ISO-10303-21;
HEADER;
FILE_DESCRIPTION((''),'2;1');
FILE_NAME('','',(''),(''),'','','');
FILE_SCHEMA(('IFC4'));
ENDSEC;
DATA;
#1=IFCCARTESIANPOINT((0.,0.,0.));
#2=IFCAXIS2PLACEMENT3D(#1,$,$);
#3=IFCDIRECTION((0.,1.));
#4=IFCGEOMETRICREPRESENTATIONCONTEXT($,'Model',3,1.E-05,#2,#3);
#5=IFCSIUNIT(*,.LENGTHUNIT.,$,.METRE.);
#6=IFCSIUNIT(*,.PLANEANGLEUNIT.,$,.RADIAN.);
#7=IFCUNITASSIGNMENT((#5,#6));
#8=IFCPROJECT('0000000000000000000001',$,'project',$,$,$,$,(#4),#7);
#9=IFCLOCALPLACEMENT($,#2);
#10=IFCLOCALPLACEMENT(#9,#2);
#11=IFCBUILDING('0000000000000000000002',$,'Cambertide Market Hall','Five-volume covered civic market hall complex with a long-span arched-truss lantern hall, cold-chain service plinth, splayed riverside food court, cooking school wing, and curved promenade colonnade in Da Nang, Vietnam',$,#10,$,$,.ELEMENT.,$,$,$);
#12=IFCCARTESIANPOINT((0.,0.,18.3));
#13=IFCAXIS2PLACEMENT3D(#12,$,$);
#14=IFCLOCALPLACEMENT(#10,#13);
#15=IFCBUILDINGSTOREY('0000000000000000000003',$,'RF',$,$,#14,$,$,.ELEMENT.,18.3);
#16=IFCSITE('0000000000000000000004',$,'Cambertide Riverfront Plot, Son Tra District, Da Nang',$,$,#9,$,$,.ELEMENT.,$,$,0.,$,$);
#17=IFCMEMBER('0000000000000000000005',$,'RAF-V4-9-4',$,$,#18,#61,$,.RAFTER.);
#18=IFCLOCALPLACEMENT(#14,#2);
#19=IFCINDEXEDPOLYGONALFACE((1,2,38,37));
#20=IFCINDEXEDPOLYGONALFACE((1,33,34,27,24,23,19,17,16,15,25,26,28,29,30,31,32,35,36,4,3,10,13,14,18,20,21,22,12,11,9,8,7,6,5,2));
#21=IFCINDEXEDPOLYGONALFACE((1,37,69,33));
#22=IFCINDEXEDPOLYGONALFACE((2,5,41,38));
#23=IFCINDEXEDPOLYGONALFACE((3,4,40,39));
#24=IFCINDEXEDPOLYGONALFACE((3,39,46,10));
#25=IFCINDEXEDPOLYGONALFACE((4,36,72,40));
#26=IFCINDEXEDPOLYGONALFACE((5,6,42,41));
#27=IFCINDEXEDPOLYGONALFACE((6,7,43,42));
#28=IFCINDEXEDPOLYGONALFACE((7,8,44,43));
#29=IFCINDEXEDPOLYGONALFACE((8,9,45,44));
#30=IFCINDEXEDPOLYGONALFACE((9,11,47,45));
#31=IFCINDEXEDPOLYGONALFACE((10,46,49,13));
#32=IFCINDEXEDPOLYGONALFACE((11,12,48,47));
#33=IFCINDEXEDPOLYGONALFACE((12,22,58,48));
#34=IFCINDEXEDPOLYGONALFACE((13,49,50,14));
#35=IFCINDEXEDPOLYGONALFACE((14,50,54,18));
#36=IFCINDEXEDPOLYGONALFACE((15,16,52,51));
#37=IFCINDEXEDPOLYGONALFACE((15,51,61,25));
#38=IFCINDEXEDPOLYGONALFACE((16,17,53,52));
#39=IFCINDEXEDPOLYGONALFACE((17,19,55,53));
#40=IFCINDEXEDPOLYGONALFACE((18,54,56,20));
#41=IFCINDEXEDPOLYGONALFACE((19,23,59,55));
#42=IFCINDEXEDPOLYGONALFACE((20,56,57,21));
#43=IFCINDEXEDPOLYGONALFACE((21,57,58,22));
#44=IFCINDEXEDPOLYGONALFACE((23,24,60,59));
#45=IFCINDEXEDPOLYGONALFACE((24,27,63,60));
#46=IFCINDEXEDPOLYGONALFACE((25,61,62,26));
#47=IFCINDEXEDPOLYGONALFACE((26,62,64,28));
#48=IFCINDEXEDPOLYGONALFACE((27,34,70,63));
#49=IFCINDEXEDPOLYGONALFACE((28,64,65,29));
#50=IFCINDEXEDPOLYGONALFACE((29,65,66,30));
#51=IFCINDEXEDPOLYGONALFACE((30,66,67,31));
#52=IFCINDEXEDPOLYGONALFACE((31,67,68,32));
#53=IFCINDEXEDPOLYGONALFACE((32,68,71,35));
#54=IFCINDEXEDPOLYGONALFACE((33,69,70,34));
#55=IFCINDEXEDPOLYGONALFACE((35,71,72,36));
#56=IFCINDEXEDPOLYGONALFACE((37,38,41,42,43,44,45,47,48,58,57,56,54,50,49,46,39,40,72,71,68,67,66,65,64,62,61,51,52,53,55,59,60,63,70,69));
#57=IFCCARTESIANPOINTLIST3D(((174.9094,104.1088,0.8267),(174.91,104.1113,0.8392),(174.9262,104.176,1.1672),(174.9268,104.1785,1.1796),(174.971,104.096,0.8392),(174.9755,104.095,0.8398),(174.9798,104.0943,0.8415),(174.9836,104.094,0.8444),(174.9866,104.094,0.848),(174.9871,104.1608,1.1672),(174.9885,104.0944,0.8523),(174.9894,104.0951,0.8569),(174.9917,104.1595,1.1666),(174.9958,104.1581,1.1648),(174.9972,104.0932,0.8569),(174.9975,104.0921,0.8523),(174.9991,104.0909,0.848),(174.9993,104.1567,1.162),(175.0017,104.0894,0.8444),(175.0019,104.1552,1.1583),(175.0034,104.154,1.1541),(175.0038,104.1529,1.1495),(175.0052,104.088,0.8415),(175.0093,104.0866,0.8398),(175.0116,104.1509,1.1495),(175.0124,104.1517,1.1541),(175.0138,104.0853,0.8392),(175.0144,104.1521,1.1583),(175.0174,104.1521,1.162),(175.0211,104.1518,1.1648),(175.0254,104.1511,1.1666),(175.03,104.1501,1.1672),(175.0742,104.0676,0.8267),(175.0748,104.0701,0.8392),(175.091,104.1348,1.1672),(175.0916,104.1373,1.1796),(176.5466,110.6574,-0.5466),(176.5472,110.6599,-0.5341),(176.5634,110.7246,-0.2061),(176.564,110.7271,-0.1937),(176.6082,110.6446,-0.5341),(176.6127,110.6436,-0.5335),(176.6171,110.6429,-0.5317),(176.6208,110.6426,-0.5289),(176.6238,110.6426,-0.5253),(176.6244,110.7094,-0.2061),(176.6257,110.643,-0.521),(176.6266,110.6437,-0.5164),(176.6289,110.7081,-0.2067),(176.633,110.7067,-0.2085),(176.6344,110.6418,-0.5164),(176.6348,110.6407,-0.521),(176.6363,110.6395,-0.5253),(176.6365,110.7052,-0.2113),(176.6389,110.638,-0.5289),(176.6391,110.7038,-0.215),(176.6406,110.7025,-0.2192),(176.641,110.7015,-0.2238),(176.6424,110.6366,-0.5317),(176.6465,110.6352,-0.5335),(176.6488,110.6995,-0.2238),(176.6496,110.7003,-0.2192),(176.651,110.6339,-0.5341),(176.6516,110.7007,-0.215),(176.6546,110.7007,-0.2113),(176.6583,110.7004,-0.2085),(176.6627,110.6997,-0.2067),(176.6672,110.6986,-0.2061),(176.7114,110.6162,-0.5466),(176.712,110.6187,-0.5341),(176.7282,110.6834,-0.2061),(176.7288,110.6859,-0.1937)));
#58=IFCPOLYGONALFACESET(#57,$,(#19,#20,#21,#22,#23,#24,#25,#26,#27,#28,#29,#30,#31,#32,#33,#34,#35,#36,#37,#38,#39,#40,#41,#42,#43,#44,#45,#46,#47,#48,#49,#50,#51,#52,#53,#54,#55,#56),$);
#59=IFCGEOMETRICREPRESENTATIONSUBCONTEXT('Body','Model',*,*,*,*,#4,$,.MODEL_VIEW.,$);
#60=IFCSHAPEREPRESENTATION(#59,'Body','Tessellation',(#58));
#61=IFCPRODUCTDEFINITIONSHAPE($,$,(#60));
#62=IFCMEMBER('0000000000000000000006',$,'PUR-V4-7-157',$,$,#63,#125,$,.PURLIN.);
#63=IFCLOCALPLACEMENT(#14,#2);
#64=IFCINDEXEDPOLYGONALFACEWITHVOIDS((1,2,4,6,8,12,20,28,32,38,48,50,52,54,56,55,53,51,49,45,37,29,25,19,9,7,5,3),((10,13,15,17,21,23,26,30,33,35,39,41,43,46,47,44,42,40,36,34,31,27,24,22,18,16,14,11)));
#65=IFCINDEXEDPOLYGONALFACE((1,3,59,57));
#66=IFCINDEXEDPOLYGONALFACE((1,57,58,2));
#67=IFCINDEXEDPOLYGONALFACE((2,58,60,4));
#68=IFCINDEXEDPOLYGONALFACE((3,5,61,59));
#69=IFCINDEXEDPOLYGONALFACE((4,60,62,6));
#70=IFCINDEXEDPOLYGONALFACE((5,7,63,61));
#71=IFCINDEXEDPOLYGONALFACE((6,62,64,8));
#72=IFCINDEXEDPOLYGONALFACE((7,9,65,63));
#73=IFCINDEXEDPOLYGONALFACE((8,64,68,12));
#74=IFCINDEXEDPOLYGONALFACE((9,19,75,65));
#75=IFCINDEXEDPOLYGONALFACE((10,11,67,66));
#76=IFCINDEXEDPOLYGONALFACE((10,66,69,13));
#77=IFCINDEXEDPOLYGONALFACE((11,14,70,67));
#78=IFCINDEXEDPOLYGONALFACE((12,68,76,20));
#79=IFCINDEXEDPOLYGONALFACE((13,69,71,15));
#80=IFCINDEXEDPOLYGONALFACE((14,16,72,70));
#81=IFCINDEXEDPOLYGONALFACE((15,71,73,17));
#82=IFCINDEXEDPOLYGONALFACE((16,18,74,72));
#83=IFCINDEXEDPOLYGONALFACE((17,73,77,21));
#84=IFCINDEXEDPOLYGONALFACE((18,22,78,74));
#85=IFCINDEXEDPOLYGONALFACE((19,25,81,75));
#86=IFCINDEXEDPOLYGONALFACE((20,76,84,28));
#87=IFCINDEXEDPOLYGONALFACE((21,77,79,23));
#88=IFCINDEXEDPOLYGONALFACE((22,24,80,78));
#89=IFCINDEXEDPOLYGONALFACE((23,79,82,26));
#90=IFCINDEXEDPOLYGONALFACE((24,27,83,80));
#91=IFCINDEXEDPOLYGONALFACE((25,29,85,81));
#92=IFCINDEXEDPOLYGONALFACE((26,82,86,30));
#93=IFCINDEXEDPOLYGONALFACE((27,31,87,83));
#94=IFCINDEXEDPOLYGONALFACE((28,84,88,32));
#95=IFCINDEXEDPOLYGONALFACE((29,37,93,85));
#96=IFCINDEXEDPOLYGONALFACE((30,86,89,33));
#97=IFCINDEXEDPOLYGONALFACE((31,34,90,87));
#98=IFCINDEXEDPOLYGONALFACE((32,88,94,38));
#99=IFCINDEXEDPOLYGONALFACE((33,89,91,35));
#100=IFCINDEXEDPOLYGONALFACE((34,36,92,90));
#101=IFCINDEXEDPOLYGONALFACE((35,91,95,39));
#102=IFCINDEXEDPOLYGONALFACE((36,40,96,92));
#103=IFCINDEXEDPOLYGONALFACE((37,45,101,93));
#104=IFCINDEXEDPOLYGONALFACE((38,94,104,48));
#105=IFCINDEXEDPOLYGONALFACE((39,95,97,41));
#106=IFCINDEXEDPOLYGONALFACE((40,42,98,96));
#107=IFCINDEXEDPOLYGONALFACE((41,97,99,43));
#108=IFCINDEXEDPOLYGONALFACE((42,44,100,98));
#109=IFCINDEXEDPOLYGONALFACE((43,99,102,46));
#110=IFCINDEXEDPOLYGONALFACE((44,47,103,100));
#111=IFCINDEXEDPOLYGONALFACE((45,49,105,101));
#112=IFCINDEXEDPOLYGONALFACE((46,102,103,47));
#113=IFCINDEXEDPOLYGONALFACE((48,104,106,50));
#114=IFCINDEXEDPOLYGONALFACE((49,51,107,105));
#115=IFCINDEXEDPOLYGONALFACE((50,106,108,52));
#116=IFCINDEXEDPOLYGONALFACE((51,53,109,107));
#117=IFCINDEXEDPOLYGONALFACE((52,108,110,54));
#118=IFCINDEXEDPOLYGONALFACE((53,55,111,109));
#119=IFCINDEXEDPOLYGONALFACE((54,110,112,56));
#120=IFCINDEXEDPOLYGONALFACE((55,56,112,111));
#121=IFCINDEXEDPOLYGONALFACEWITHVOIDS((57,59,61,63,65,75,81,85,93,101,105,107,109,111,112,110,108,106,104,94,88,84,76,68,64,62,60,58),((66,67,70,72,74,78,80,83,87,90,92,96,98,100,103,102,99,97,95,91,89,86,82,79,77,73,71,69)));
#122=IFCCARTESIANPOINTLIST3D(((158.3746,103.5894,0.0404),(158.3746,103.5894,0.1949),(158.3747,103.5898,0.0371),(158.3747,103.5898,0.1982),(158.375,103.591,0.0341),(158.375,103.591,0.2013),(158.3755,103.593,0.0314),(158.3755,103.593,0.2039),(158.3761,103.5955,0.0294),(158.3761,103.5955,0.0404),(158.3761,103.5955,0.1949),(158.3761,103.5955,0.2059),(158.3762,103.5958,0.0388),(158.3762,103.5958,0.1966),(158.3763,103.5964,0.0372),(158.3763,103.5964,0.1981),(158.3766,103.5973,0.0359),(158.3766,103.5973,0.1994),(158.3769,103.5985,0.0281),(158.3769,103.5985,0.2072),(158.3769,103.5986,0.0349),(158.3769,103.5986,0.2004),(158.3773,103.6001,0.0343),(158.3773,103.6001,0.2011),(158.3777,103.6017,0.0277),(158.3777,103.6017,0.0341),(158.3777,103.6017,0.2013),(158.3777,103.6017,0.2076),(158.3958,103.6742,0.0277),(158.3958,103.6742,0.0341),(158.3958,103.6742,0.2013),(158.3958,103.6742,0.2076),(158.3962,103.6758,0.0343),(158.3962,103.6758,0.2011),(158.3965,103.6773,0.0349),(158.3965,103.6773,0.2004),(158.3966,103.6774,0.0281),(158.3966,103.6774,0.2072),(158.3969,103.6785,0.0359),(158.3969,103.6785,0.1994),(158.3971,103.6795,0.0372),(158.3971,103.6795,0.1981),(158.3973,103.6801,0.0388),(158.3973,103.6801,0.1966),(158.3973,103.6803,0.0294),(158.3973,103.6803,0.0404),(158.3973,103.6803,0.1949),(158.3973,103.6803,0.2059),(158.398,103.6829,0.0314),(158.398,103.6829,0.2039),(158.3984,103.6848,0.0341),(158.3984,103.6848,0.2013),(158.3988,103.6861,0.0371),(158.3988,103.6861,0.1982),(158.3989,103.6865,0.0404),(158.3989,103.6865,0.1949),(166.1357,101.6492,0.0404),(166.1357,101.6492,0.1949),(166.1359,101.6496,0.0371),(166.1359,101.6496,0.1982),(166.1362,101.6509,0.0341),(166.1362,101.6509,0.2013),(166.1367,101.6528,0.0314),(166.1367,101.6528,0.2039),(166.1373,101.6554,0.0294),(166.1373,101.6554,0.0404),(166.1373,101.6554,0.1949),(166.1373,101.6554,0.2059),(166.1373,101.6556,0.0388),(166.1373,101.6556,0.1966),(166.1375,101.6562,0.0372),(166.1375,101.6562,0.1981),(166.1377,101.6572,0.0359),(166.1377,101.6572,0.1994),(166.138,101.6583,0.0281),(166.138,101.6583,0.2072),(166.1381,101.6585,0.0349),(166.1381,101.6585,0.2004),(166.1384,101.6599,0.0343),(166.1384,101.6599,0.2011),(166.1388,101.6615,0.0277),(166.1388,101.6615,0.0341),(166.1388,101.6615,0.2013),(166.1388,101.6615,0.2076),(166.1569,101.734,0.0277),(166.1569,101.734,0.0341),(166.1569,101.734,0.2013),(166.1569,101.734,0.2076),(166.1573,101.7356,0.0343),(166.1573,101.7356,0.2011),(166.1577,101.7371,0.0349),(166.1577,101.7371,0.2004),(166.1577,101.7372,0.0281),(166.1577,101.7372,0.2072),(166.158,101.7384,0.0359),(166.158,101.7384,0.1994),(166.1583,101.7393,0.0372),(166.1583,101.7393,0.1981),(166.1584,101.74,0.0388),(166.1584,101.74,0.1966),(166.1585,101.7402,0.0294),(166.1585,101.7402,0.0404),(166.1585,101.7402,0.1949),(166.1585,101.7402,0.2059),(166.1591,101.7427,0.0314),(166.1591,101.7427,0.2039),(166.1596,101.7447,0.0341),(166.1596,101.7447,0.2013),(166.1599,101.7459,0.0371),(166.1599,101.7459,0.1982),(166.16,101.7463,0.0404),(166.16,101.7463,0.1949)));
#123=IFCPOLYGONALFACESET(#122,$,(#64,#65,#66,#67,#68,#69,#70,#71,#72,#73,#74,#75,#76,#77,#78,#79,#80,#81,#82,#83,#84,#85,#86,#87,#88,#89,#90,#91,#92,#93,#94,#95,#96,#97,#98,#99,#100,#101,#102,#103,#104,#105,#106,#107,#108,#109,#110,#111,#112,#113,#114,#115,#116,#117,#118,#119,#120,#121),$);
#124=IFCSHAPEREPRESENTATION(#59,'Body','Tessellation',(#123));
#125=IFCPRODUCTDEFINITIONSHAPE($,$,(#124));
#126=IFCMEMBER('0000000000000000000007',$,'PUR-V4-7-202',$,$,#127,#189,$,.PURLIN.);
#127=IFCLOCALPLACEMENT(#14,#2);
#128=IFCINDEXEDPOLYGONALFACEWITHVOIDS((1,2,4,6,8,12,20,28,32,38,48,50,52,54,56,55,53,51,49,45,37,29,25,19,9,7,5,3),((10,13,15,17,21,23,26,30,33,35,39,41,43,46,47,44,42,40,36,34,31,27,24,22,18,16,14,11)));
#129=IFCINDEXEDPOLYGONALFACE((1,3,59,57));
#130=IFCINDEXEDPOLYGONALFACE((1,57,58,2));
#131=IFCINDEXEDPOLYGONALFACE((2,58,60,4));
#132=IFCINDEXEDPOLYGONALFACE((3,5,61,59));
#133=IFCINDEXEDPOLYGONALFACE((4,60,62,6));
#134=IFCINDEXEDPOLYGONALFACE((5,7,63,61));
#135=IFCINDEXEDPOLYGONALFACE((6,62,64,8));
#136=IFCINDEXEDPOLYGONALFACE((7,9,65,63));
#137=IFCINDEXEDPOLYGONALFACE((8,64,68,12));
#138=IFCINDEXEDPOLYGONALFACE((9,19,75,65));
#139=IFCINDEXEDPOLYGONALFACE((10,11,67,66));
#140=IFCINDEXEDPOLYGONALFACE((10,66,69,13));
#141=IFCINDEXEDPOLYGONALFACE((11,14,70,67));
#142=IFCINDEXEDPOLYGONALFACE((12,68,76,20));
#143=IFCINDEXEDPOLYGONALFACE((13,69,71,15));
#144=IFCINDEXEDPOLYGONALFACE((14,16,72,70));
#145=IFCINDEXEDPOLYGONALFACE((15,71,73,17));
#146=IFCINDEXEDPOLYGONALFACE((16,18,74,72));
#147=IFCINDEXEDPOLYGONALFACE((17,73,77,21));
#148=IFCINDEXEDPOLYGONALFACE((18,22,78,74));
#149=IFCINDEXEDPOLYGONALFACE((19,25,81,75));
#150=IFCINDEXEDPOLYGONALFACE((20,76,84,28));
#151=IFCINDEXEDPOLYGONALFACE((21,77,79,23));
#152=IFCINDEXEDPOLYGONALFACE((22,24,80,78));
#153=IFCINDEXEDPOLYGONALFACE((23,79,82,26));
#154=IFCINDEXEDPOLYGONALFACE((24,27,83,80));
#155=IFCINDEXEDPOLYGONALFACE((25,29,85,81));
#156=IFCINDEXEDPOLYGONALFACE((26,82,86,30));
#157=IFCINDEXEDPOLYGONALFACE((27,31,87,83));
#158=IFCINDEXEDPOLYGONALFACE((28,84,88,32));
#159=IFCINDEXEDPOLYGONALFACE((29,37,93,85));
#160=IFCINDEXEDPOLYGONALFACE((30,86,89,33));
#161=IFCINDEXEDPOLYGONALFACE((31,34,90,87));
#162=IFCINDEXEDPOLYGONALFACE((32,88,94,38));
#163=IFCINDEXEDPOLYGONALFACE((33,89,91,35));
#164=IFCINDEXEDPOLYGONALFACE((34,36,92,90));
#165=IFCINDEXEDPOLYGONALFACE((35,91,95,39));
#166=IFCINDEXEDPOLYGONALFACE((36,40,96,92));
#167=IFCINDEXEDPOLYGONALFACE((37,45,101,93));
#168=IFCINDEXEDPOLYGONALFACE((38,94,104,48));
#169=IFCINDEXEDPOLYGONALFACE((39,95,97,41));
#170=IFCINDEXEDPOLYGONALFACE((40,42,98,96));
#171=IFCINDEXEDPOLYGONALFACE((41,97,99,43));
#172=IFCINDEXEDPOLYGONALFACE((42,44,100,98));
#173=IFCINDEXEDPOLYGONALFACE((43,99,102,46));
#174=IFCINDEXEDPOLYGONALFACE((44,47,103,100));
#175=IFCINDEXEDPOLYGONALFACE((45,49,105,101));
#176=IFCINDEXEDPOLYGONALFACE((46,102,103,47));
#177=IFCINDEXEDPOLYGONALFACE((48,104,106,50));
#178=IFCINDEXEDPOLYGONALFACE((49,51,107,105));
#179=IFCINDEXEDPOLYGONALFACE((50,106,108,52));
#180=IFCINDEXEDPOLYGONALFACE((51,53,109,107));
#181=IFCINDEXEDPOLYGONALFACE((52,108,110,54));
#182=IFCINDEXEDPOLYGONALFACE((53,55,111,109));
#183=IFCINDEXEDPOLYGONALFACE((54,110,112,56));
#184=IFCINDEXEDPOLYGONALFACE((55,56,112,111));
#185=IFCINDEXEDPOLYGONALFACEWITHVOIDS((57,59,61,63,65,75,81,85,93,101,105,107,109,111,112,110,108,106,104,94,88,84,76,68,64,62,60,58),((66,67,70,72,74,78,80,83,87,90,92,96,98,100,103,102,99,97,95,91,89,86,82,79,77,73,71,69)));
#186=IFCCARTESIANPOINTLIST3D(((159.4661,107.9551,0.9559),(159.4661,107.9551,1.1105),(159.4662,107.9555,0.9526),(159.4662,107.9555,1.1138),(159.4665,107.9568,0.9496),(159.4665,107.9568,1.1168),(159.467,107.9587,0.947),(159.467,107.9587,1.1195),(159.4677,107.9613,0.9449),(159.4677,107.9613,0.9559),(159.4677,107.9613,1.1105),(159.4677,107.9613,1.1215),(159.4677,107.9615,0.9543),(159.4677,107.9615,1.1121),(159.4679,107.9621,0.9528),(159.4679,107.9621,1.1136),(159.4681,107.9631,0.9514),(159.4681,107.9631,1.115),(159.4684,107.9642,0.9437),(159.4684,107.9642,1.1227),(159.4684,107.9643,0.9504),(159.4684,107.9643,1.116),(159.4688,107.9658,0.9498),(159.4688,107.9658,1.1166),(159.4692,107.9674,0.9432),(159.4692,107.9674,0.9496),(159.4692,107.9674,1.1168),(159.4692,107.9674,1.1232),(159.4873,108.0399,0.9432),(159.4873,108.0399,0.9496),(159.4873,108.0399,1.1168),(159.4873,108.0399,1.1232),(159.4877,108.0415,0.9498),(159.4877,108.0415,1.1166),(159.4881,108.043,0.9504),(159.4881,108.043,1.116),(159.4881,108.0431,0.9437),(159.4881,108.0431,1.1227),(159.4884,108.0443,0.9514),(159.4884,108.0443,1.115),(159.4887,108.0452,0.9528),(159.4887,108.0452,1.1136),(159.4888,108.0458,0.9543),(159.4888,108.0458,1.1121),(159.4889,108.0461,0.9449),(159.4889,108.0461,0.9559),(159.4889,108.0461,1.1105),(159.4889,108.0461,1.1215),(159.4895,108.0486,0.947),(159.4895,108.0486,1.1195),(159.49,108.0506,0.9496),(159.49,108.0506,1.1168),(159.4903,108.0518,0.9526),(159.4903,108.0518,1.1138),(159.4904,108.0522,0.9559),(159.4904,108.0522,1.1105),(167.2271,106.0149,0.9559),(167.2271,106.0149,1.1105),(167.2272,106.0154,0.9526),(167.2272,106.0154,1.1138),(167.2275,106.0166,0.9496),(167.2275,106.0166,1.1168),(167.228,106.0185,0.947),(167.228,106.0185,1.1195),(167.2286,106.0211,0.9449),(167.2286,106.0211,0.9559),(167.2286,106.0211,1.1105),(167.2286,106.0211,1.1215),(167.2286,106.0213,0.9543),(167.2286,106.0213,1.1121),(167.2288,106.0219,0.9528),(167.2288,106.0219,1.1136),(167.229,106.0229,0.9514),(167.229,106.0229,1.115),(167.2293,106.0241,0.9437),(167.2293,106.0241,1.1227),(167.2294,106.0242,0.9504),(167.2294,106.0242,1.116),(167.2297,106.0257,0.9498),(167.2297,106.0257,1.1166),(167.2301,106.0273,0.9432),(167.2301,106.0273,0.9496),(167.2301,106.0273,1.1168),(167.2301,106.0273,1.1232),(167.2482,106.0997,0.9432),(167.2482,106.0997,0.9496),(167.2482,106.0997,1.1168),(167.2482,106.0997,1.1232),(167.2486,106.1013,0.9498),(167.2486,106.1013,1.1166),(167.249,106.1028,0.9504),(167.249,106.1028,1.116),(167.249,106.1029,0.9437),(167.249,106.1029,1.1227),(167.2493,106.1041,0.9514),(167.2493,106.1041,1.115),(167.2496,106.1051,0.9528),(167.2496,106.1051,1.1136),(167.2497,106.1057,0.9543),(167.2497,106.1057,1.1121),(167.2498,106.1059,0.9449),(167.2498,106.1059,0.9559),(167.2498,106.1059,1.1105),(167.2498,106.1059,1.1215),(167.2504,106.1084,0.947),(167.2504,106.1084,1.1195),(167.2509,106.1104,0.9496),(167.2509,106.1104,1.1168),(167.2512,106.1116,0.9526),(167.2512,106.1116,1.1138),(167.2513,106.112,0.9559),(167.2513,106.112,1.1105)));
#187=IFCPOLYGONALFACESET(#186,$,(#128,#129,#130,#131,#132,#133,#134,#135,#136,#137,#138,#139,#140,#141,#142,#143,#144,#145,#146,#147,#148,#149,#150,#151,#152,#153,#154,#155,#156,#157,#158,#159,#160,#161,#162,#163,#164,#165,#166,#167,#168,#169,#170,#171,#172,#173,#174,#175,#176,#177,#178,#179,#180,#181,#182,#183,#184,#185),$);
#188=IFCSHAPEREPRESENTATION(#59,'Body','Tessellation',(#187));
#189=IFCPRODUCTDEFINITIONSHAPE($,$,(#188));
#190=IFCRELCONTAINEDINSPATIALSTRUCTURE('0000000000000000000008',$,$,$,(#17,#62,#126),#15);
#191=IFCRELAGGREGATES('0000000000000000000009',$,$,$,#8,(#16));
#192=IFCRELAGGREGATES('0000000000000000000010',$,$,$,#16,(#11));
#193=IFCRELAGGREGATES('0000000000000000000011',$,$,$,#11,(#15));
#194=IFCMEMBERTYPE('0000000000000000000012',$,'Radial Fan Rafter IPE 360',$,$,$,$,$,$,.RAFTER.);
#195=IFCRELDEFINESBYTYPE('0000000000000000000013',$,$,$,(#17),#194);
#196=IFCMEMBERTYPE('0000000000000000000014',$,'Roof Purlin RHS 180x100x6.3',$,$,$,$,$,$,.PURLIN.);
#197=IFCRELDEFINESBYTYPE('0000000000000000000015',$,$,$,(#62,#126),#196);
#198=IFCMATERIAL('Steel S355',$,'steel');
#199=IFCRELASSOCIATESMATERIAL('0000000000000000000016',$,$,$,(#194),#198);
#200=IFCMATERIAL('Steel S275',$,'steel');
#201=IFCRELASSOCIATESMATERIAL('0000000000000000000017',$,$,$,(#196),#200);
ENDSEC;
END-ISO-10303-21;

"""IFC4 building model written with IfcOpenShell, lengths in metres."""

from ifc_helpers import new_model, si_unit, direction, frame, origin, origin_2d, place, context, subcontext, project, spatial, hollow_rectangle, i_section, extrude, material, material_profile, profile_set, type_object, element, save


model = new_model("IFC4")

# Units and contexts
model_context = context("Model", 3, precision=1e-05, world=origin(), true_north=direction((0.0, 1.0)))
body_context = subcontext(model_context, "Body", "Model", "MODEL_VIEW")
ifc_project = project(units=[si_unit("LENGTHUNIT", "METRE"), si_unit("PLANEANGLEUNIT", "RADIAN")], contexts=[model_context])

# Site, building, storey
site_placement = place(None, origin())
site = spatial("IfcSite", under=ifc_project, at=site_placement, Name="Cambertide Riverfront Plot, Son Tra District, Da Nang", CompositionType="ELEMENT", RefElevation=0.0)
building_placement = place(site_placement, origin())
building = spatial("IfcBuilding", under=site, at=building_placement, Name="Cambertide Market Hall", Description="Five-volume covered civic market hall complex with a long-span arched-truss lantern hall, cold-chain service plinth, splayed riverside food court, cooking school wing, and curved promenade colonnade in Da Nang, Vietnam", CompositionType="ELEMENT")
storey_placement = place(building_placement, frame((0.0, 0.0, 18.3)))
storey = spatial("IfcBuildingStorey", under=building, at=storey_placement, Name="RF", CompositionType="ELEMENT", Elevation=18.3)

# Members
ifc_material_1 = material(Name="Steel S355", Category="steel")
ifc_material_profile_1 = material_profile(ifc_material_1, i_section(OverallWidth=0.1699, OverallDepth=0.3601, WebThickness=0.0081, FlangeThickness=0.0127, FilletRadius=0.0181, at=origin_2d()), Name="IPE 360")
ifc_profile_set_1 = profile_set([ifc_material_profile_1], Name="Steel S355")
member_type_1 = type_object("IfcMemberType", Name="Radial Fan Rafter IPE 360", PredefinedType="RAFTER", material=ifc_profile_set_1)
member_1_placement = place(storey_placement, frame((175.0005, 104.123, 1.0032), z_axis=(0.237675, 0.950666, -0.199362), x_axis=(-0.97014, 0.242544, 0.0)))
element("IfcMember", 1, at=member_1_placement, inside=storey, type_object=member_type_1, Name="RAF-V4-9-4", PredefinedType="RAFTER", context=body_context, shape_type="SweptSolid", body=[
    extrude(i_section(OverallWidth=0.1699, OverallDepth=0.3601, WebThickness=0.0081, FlangeThickness=0.0127, FilletRadius=0.0181, at=origin_2d()), origin(), (0.0, 0.0, 1.0), 6.8884),
])
ifc_material_2 = material(Name="Steel S275", Category="steel")
ifc_material_profile_2 = material_profile(ifc_material_2, hollow_rectangle(XDim=0.1001, YDim=0.1799, WallThickness=0.0063, InnerFilletRadius=0.0063, OuterFilletRadius=0.0127, at=origin_2d()), Name="RHS 180x100x6.3")
ifc_profile_set_2 = profile_set([ifc_material_profile_2], Name="Steel S275")
member_type_2 = type_object("IfcMemberType", Name="Roof Purlin RHS 180x100x6.3", PredefinedType="PURLIN", material=ifc_profile_set_2)
member_2_placement = place(storey_placement, frame((158.3867, 103.6379, 0.1177), z_axis=(0.970146, -0.242521, 0.0), x_axis=(0.242521, 0.970146, 0.0)))
element("IfcMember", 2, at=member_2_placement, inside=storey, type_object=member_type_2, Name="PUR-V4-7-157", PredefinedType="PURLIN", context=body_context, shape_type="SweptSolid", body=[
    extrude(hollow_rectangle(XDim=0.1001, YDim=0.1799, WallThickness=0.0063, InnerFilletRadius=0.0063, OuterFilletRadius=0.0127, at=origin_2d()), origin(), (0.0, 0.0, 1.0), 8.0),
])
member_3_placement = place(storey_placement, frame((159.4783, 108.0037, 1.0332), z_axis=(0.970144, -0.242528, 0.0), x_axis=(0.242528, 0.970144, 0.0)))
element("IfcMember", 3, at=member_3_placement, inside=storey, type_object=member_type_2, Name="PUR-V4-7-202", PredefinedType="PURLIN", context=body_context, shape_type="SweptSolid", body=[
    extrude(hollow_rectangle(XDim=0.1001, YDim=0.1799, WallThickness=0.0063, InnerFilletRadius=0.0063, OuterFilletRadius=0.0127, at=origin_2d()), origin(), (0.0, 0.0, 1.0), 7.9998),
])

save(model, "model.ifc")
